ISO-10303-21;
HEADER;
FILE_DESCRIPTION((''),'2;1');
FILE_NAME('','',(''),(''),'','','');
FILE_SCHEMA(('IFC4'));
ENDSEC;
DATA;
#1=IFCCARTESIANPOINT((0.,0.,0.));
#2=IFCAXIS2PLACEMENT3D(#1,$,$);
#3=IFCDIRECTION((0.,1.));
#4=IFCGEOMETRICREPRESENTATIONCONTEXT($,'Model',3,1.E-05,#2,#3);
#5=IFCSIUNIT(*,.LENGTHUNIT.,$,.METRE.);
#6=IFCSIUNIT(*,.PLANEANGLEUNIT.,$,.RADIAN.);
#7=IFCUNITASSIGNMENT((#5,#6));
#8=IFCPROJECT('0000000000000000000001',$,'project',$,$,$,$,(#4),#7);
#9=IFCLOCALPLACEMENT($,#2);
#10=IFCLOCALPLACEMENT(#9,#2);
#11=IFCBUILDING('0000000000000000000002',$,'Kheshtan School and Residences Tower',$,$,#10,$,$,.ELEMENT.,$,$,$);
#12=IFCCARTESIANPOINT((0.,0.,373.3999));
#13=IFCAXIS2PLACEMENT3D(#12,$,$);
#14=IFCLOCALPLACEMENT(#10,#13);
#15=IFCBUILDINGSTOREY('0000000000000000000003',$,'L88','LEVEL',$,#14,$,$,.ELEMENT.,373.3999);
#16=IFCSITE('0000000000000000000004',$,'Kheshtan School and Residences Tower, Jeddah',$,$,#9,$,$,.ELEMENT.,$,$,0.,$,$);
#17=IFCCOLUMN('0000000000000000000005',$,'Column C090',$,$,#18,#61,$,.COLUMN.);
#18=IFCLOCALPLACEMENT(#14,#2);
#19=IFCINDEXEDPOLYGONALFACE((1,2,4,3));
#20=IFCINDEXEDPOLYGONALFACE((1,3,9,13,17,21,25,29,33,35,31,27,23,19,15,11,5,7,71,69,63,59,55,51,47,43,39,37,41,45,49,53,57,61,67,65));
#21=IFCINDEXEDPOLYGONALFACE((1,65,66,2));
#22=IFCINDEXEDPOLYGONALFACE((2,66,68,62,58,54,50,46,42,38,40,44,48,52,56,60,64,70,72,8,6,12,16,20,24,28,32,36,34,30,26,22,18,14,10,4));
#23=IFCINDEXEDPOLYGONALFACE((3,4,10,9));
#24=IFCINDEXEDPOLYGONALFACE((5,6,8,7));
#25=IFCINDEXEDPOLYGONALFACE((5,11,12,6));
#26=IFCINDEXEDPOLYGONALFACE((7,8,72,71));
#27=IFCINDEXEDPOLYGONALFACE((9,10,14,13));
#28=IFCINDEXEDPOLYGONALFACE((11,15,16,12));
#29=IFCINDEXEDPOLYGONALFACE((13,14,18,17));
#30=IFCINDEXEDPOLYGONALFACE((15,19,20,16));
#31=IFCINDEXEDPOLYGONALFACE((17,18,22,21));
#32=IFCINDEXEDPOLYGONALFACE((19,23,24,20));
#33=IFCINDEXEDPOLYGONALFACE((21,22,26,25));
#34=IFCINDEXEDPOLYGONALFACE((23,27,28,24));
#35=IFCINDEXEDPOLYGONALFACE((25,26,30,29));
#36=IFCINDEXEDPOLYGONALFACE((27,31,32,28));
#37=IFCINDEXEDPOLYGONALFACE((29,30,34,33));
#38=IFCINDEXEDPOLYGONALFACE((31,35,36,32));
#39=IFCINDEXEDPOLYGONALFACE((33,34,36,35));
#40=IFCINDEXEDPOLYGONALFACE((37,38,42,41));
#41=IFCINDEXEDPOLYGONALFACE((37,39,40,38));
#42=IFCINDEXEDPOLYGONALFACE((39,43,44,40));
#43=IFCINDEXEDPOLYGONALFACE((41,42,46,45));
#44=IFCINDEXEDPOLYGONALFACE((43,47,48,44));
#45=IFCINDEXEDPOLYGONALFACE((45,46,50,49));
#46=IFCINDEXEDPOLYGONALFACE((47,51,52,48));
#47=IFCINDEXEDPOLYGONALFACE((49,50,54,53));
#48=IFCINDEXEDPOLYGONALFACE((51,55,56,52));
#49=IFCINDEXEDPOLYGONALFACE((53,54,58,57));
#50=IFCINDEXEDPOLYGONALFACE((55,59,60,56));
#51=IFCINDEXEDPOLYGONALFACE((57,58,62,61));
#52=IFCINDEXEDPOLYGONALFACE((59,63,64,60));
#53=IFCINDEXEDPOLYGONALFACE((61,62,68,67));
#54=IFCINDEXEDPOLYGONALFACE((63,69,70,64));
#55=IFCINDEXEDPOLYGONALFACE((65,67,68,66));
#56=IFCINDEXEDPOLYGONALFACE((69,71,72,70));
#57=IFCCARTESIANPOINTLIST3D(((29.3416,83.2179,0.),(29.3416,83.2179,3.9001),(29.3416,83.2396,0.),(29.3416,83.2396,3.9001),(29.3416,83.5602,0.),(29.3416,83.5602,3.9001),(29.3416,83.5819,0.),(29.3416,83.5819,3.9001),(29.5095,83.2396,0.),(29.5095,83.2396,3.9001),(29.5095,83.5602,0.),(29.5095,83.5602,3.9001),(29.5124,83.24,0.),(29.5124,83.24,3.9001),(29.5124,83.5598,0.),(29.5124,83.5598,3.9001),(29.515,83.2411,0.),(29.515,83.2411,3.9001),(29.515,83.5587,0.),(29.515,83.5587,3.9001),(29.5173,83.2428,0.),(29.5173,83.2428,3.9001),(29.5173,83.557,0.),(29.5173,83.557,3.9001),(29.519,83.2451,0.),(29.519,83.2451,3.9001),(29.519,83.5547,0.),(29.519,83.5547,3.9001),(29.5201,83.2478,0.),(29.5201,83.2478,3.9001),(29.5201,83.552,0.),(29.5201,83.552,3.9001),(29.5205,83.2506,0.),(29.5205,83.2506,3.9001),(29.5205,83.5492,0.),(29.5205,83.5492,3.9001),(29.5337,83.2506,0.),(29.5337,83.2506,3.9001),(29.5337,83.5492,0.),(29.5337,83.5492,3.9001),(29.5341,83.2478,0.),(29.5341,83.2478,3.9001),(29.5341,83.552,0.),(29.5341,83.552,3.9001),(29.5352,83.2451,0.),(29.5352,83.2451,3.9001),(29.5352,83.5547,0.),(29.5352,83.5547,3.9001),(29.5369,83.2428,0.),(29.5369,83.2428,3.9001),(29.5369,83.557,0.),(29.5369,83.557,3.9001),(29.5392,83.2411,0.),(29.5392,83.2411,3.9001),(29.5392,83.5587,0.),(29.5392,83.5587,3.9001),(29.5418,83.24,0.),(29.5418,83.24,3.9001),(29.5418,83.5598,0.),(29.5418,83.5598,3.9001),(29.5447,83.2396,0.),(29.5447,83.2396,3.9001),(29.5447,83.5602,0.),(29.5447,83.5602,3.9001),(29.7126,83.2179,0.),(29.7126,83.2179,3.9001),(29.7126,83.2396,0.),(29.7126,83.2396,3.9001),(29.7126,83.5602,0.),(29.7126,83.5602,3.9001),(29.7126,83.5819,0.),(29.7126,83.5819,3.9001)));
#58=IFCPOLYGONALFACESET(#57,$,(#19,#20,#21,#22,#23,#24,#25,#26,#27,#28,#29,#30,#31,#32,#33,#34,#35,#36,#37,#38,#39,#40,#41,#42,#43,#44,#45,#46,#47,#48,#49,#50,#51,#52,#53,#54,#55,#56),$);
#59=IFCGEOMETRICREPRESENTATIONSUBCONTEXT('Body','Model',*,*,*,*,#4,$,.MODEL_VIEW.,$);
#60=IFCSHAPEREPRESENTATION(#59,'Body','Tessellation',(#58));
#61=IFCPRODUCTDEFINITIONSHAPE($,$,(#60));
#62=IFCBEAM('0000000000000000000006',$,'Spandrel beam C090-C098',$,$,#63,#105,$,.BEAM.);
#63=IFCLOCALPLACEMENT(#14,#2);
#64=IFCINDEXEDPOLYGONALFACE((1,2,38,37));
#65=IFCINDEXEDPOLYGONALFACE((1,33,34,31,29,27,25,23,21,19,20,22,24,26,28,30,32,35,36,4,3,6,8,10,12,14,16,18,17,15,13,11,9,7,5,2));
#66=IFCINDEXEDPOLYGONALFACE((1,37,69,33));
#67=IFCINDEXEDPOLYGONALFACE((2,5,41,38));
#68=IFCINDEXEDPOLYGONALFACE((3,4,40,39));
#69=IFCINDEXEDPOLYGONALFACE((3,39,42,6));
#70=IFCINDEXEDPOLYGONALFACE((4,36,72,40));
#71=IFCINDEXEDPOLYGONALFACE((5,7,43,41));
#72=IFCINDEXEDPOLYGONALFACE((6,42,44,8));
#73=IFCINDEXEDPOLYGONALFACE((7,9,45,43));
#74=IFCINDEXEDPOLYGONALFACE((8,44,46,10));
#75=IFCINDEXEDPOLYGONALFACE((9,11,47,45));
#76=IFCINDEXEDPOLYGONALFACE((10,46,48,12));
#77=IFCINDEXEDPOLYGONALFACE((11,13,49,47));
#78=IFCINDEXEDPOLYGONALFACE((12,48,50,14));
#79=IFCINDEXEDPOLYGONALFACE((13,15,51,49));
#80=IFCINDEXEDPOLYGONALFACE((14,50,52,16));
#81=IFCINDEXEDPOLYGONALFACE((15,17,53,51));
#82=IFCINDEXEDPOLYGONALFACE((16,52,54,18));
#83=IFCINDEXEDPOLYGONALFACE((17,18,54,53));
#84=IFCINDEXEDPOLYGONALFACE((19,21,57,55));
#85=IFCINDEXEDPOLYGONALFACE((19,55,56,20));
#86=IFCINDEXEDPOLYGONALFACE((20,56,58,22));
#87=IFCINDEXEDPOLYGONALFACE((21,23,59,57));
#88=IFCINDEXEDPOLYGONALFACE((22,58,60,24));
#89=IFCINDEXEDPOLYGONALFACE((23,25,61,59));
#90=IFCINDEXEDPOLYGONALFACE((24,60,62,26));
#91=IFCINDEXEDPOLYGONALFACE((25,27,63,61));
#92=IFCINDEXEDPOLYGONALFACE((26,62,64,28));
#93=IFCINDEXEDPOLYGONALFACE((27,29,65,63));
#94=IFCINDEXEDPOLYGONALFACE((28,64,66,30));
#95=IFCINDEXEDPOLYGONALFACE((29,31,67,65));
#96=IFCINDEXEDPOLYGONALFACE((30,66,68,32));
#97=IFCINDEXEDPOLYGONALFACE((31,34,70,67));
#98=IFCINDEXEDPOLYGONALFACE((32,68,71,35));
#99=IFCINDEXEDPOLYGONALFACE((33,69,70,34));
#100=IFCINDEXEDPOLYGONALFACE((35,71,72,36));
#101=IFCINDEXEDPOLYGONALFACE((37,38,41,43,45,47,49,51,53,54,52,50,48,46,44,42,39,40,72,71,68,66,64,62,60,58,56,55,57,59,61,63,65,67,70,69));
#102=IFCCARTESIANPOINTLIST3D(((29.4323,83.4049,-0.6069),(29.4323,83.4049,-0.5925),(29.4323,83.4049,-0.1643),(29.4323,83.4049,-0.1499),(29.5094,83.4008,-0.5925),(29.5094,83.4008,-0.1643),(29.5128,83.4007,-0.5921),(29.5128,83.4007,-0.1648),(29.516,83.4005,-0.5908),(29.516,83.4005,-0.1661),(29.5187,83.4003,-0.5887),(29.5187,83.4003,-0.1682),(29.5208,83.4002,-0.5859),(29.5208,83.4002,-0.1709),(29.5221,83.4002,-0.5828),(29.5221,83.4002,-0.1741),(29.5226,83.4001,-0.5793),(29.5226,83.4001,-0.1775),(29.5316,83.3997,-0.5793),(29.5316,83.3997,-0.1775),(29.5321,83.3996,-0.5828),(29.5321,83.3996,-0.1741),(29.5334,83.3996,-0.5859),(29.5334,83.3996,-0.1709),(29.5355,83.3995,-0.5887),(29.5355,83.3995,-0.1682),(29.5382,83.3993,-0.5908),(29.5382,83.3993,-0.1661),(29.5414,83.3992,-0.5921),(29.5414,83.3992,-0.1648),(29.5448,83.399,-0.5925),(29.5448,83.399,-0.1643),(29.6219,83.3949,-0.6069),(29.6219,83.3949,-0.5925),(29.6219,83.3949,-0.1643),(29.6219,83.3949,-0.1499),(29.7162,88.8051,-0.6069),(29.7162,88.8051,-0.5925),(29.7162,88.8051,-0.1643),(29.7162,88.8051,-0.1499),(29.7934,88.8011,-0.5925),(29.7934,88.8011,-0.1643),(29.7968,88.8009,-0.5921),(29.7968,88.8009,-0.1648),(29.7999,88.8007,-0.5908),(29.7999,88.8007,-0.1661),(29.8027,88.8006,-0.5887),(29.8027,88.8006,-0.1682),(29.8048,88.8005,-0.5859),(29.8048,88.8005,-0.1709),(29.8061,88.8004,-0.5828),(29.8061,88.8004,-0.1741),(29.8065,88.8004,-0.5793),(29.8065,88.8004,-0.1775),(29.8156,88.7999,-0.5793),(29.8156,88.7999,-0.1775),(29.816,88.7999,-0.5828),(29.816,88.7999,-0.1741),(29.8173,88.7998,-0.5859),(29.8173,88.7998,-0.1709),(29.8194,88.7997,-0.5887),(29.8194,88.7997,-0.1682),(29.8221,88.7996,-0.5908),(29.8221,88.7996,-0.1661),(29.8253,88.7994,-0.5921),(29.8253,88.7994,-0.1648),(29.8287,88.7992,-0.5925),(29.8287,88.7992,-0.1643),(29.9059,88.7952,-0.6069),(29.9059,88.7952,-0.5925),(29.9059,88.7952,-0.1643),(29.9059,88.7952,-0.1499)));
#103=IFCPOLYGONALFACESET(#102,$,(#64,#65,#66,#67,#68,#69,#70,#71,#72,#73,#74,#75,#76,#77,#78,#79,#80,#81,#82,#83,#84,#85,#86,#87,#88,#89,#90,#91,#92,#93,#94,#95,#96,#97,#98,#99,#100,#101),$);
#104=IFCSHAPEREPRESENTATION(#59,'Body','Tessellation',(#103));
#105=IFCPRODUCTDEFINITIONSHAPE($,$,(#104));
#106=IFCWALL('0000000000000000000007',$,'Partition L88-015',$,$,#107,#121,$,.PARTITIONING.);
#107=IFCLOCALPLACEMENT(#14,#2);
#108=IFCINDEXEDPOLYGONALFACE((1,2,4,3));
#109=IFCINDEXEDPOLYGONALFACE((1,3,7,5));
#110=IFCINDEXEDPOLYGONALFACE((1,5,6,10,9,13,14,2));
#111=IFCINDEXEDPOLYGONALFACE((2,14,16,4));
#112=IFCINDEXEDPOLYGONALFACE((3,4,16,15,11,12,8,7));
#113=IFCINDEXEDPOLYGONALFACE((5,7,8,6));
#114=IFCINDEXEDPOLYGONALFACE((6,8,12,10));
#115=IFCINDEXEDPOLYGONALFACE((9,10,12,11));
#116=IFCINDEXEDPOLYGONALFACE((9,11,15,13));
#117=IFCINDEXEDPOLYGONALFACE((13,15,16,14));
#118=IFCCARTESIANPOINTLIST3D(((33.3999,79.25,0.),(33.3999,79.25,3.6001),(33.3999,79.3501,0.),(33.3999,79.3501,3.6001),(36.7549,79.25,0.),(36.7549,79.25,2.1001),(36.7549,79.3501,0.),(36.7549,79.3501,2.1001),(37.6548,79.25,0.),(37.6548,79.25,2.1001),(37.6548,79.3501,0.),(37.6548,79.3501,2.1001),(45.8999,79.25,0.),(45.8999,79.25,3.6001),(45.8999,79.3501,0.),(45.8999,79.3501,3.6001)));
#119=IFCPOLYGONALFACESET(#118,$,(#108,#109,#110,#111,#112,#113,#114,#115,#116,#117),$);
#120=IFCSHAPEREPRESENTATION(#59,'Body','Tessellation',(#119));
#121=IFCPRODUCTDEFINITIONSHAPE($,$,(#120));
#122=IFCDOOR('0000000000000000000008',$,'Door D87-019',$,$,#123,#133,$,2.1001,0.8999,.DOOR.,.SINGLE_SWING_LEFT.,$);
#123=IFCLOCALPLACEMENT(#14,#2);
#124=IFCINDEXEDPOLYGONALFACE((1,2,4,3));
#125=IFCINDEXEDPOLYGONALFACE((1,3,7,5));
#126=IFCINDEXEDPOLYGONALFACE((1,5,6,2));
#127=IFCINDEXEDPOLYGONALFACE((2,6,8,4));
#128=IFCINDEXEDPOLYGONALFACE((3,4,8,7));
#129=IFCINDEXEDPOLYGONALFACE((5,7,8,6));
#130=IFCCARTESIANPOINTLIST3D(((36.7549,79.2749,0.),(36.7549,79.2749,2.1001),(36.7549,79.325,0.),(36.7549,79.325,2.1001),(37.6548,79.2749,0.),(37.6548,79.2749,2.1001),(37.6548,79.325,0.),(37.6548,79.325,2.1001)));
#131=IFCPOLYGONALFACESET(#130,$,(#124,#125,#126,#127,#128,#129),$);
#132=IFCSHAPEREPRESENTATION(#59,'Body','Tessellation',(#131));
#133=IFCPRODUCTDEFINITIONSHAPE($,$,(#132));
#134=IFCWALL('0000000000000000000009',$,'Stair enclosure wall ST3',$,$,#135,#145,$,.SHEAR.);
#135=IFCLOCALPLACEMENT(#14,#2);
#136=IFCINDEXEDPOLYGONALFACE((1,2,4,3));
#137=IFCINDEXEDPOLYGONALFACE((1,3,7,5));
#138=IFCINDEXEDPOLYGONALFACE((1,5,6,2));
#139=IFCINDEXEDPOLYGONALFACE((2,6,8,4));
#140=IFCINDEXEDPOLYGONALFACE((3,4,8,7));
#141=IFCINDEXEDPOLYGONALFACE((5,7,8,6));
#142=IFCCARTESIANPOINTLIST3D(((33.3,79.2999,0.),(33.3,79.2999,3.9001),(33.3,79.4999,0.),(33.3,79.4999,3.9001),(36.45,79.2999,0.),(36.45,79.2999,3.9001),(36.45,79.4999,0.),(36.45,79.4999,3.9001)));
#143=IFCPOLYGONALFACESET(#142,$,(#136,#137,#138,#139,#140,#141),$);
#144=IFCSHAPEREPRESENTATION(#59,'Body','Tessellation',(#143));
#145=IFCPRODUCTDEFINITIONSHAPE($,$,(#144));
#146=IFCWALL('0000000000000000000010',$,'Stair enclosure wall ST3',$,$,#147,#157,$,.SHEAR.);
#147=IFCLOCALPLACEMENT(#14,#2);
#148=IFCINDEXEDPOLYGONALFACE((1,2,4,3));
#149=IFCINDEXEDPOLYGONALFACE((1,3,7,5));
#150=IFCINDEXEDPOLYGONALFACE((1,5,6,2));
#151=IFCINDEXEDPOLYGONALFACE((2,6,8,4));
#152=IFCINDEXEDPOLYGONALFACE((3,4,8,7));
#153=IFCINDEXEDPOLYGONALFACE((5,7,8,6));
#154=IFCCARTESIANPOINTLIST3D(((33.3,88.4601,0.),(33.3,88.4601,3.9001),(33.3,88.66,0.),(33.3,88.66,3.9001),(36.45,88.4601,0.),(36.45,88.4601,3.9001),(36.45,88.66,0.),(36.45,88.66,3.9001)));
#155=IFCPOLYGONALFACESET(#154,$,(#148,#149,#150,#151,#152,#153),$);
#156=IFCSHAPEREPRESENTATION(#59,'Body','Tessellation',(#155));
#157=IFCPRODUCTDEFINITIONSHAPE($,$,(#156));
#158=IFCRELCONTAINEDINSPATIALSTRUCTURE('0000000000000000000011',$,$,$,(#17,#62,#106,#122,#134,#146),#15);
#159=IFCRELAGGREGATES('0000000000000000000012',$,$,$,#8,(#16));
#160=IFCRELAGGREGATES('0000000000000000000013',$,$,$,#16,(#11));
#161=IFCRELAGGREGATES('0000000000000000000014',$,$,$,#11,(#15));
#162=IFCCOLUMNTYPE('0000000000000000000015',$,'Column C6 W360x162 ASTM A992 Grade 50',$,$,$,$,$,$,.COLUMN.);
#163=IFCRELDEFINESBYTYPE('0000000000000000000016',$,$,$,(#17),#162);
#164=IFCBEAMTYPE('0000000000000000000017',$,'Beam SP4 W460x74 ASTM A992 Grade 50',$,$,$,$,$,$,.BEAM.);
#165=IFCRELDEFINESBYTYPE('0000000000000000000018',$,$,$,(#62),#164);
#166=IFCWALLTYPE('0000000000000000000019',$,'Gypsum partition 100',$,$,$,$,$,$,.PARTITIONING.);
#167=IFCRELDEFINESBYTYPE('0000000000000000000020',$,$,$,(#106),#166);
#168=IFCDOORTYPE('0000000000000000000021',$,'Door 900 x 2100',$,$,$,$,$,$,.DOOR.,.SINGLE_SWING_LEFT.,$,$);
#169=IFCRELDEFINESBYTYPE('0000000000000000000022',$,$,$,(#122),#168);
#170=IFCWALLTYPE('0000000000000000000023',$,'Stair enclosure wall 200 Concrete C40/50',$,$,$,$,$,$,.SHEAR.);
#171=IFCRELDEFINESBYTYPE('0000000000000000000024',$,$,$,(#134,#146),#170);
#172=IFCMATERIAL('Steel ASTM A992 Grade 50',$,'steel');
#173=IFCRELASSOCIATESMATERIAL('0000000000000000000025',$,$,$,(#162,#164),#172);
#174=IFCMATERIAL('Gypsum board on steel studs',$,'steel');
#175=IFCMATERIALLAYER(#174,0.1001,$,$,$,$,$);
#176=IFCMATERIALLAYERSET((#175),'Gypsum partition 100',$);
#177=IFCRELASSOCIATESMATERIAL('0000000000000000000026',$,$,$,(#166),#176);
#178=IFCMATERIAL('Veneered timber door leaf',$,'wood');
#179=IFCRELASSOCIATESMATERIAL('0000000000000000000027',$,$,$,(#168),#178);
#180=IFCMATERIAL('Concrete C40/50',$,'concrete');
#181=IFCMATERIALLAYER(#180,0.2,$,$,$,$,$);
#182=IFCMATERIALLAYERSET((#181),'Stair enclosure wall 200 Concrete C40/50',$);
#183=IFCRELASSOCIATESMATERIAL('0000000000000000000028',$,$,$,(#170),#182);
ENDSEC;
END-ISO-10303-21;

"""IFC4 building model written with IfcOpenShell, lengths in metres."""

from ifc_helpers import new_model, si_unit, direction, frame, frame_2d, origin, origin_2d, place, context, subcontext, project, spatial, rectangle, i_section, extrude, source, transform, mapped, material, layer, layer_set, material_profile, profile_set, type_object, element, fill, save


model = new_model("IFC4")

# Units and contexts
model_context = context("Model", 3, precision=1e-05, world=origin(), true_north=direction((0.0, 1.0)))
body_context = subcontext(model_context, "Body", "Model", "MODEL_VIEW")
ifc_project = project(units=[si_unit("LENGTHUNIT", "METRE"), si_unit("PLANEANGLEUNIT", "RADIAN")], contexts=[model_context])

# Site, building, storey
site_placement = place(None, origin())
site = spatial("IfcSite", under=ifc_project, at=site_placement, Name="Kheshtan School and Residences Tower, Jeddah", CompositionType="ELEMENT", RefElevation=0.0)
building_placement = place(site_placement, origin())
building = spatial("IfcBuilding", under=site, at=building_placement, Name="Kheshtan School and Residences Tower", CompositionType="ELEMENT")
storey_placement = place(building_placement, frame((0.0, 0.0, 373.3999)))
storey = spatial("IfcBuildingStorey", under=building, at=storey_placement, Name="L88", Description="LEVEL", CompositionType="ELEMENT", Elevation=373.3999)

# Column
ifc_material_1 = material(Name="Steel ASTM A992 Grade 50", Category="steel")
ifc_material_profile_1 = material_profile(ifc_material_1, i_section(OverallWidth=0.3711, OverallDepth=0.364, WebThickness=0.0132, FlangeThickness=0.0217, FilletRadius=0.011, at=origin_2d()), Name="W360x162")
ifc_profile_set_1 = profile_set([ifc_material_profile_1], Name="Steel ASTM A992 Grade 50")
column_type = type_object("IfcColumnType", Name="Column C6 W360x162 ASTM A992 Grade 50", PredefinedType="COLUMN", material=ifc_profile_set_1)
column_placement = place(storey_placement, frame((29.5271, 83.3999, 0.0), z_axis=(0.0, 0.0, 1.0), x_axis=(1.0, 0.0, 0.0)))
element("IfcColumn", 1, at=column_placement, inside=storey, type_object=column_type, Name="Column C090", PredefinedType="COLUMN", context=body_context, shape_type="SweptSolid", body=[
    extrude(i_section(OverallWidth=0.3711, OverallDepth=0.364, WebThickness=0.0132, FlangeThickness=0.0217, FilletRadius=0.011, at=origin_2d()), origin(), (0.0, 0.0, 1.0), 3.9001),
])

# Beam
ifc_material_profile_2 = material_profile(ifc_material_1, i_section(OverallWidth=0.1899, OverallDepth=0.457, WebThickness=0.009, FlangeThickness=0.0144, FilletRadius=0.0132, at=origin_2d()), Name="W460x74")
ifc_profile_set_2 = profile_set([ifc_material_profile_2], Name="Steel ASTM A992 Grade 50")
beam_type = type_object("IfcBeamType", Name="Beam SP4 W460x74 ASTM A992 Grade 50", PredefinedType="BEAM", material=ifc_profile_set_2)
beam_placement = place(storey_placement, frame((29.5271, 83.3999, -0.3784), z_axis=(0.052507, 0.998621, 0.0), x_axis=(-0.998621, 0.052507, 0.0)))
element("IfcBeam", 2, at=beam_placement, inside=storey, type_object=beam_type, Name="Spandrel beam C090-C098", PredefinedType="BEAM", context=body_context, shape_type="SweptSolid", body=[
    extrude(i_section(OverallWidth=0.1899, OverallDepth=0.457, WebThickness=0.009, FlangeThickness=0.0144, FilletRadius=0.0132, at=origin_2d()), origin(), (0.0, 0.0, 1.0), 5.4077),
])

# Wall, opening, door
ifc_material_2 = material(Name="Gypsum board on steel studs", Category="steel")
ifc_layer_1 = layer(ifc_material_2, 0.1001)
ifc_layer_set_1 = layer_set([ifc_layer_1], Name="Gypsum partition 100")
wall_type_1 = type_object("IfcWallType", Name="Gypsum partition 100", PredefinedType="PARTITIONING", material=ifc_layer_set_1)
wall_1_placement = place(storey_placement, frame((33.3999, 79.3, 0.0), z_axis=(0.0, 0.0, 1.0), x_axis=(1.0, 0.0, 0.0)))
wall_1 = element("IfcWall", 3, at=wall_1_placement, inside=storey, type_object=wall_type_1, Name="Partition L88-015", PredefinedType="PARTITIONING", context=body_context, shape_type="SweptSolid", body=[
    extrude(rectangle(XDim=12.5, YDim=0.1001, at=frame_2d((6.25, 0.0))), origin(), (0.0, 0.0, 1.0), 3.6001),
])
opening_1_placement = place(wall_1_placement, frame((3.355, 0.0, 0.0)))
opening_1 = element("IfcOpeningElement", 4, at=opening_1_placement, cuts=wall_1, PredefinedType="OPENING", context=body_context, shape_type="SweptSolid", body=[
    extrude(rectangle(XDim=0.8999, YDim=2.1001, at=frame_2d((0.45, 1.05))), frame((0.0, 0.0601, 0.0), z_axis=(0.0, -1.0, 0.0), x_axis=(1.0, 0.0, 0.0)), (0.0, 0.0, 1.0), 0.1201),
])
ifc_material_3 = material(Name="Veneered timber door leaf", Category="wood")
door_type_1 = type_object("IfcDoorType", Name="Door 900 x 2100", OperationType="SINGLE_SWING_LEFT", PredefinedType="DOOR", material=ifc_material_3)
shared_shape_1 = source(origin(), body_context, "Body", "SweptSolid", [
    extrude(rectangle(XDim=0.8999, YDim=2.1001, at=frame_2d((0.45, 1.05))), frame((0.0, 0.0249, 0.0), z_axis=(0.0, -1.0, 0.0), x_axis=(1.0, 0.0, 0.0)), (0.0, 0.0, 1.0), 0.05),
])
door_1_placement = place(opening_1_placement, origin())
door_1 = element("IfcDoor", 5, at=door_1_placement, inside=storey, type_object=door_type_1, Name="Door D87-019", OperationType="SINGLE_SWING_LEFT", OverallHeight=2.1001, OverallWidth=0.8999, PredefinedType="DOOR", context=body_context, shape_type="MappedRepresentation", body=[
    mapped(shared_shape_1, transform((0.0, 0.0, 0.0), x_axis=(1.0, 0.0, 0.0), y_axis=(0.0, 1.0, 0.0), z_axis=(0.0, 0.0, 1.0), scale=1.0)),
])
fill(opening_1, door_1)

# Walls
ifc_material_4 = material(Name="Concrete C40/50", Category="concrete")
ifc_layer_2 = layer(ifc_material_4, 0.2)
ifc_layer_set_2 = layer_set([ifc_layer_2], Name="Stair enclosure wall 200 Concrete C40/50")
wall_type_2 = type_object("IfcWallType", Name="Stair enclosure wall 200 Concrete C40/50", PredefinedType="SHEAR", material=ifc_layer_set_2)
for number, where, z_axis, x_axis, name in (
    (6, (33.3, 79.3999, 0.0), (0.0, 0.0, 1.0), (1.0, 0.0, 0.0), "Stair enclosure wall ST3"),
    (7, (33.3, 88.5601, 0.0), (0.0, 0.0, 1.0), (1.0, 0.0, 0.0), "Stair enclosure wall ST3"),
):
    element("IfcWall", number, at=place(storey_placement, frame(where, z_axis=z_axis, x_axis=x_axis)), inside=storey, type_object=wall_type_2, Name=name, PredefinedType="SHEAR", context=body_context, shape_type="SweptSolid", body=[
        extrude(rectangle(XDim=3.1499, YDim=0.2, at=frame_2d((1.575, 0.0))), origin(), (0.0, 0.0, 1.0), 3.9001),
    ])

save(model, "model.ifc")
